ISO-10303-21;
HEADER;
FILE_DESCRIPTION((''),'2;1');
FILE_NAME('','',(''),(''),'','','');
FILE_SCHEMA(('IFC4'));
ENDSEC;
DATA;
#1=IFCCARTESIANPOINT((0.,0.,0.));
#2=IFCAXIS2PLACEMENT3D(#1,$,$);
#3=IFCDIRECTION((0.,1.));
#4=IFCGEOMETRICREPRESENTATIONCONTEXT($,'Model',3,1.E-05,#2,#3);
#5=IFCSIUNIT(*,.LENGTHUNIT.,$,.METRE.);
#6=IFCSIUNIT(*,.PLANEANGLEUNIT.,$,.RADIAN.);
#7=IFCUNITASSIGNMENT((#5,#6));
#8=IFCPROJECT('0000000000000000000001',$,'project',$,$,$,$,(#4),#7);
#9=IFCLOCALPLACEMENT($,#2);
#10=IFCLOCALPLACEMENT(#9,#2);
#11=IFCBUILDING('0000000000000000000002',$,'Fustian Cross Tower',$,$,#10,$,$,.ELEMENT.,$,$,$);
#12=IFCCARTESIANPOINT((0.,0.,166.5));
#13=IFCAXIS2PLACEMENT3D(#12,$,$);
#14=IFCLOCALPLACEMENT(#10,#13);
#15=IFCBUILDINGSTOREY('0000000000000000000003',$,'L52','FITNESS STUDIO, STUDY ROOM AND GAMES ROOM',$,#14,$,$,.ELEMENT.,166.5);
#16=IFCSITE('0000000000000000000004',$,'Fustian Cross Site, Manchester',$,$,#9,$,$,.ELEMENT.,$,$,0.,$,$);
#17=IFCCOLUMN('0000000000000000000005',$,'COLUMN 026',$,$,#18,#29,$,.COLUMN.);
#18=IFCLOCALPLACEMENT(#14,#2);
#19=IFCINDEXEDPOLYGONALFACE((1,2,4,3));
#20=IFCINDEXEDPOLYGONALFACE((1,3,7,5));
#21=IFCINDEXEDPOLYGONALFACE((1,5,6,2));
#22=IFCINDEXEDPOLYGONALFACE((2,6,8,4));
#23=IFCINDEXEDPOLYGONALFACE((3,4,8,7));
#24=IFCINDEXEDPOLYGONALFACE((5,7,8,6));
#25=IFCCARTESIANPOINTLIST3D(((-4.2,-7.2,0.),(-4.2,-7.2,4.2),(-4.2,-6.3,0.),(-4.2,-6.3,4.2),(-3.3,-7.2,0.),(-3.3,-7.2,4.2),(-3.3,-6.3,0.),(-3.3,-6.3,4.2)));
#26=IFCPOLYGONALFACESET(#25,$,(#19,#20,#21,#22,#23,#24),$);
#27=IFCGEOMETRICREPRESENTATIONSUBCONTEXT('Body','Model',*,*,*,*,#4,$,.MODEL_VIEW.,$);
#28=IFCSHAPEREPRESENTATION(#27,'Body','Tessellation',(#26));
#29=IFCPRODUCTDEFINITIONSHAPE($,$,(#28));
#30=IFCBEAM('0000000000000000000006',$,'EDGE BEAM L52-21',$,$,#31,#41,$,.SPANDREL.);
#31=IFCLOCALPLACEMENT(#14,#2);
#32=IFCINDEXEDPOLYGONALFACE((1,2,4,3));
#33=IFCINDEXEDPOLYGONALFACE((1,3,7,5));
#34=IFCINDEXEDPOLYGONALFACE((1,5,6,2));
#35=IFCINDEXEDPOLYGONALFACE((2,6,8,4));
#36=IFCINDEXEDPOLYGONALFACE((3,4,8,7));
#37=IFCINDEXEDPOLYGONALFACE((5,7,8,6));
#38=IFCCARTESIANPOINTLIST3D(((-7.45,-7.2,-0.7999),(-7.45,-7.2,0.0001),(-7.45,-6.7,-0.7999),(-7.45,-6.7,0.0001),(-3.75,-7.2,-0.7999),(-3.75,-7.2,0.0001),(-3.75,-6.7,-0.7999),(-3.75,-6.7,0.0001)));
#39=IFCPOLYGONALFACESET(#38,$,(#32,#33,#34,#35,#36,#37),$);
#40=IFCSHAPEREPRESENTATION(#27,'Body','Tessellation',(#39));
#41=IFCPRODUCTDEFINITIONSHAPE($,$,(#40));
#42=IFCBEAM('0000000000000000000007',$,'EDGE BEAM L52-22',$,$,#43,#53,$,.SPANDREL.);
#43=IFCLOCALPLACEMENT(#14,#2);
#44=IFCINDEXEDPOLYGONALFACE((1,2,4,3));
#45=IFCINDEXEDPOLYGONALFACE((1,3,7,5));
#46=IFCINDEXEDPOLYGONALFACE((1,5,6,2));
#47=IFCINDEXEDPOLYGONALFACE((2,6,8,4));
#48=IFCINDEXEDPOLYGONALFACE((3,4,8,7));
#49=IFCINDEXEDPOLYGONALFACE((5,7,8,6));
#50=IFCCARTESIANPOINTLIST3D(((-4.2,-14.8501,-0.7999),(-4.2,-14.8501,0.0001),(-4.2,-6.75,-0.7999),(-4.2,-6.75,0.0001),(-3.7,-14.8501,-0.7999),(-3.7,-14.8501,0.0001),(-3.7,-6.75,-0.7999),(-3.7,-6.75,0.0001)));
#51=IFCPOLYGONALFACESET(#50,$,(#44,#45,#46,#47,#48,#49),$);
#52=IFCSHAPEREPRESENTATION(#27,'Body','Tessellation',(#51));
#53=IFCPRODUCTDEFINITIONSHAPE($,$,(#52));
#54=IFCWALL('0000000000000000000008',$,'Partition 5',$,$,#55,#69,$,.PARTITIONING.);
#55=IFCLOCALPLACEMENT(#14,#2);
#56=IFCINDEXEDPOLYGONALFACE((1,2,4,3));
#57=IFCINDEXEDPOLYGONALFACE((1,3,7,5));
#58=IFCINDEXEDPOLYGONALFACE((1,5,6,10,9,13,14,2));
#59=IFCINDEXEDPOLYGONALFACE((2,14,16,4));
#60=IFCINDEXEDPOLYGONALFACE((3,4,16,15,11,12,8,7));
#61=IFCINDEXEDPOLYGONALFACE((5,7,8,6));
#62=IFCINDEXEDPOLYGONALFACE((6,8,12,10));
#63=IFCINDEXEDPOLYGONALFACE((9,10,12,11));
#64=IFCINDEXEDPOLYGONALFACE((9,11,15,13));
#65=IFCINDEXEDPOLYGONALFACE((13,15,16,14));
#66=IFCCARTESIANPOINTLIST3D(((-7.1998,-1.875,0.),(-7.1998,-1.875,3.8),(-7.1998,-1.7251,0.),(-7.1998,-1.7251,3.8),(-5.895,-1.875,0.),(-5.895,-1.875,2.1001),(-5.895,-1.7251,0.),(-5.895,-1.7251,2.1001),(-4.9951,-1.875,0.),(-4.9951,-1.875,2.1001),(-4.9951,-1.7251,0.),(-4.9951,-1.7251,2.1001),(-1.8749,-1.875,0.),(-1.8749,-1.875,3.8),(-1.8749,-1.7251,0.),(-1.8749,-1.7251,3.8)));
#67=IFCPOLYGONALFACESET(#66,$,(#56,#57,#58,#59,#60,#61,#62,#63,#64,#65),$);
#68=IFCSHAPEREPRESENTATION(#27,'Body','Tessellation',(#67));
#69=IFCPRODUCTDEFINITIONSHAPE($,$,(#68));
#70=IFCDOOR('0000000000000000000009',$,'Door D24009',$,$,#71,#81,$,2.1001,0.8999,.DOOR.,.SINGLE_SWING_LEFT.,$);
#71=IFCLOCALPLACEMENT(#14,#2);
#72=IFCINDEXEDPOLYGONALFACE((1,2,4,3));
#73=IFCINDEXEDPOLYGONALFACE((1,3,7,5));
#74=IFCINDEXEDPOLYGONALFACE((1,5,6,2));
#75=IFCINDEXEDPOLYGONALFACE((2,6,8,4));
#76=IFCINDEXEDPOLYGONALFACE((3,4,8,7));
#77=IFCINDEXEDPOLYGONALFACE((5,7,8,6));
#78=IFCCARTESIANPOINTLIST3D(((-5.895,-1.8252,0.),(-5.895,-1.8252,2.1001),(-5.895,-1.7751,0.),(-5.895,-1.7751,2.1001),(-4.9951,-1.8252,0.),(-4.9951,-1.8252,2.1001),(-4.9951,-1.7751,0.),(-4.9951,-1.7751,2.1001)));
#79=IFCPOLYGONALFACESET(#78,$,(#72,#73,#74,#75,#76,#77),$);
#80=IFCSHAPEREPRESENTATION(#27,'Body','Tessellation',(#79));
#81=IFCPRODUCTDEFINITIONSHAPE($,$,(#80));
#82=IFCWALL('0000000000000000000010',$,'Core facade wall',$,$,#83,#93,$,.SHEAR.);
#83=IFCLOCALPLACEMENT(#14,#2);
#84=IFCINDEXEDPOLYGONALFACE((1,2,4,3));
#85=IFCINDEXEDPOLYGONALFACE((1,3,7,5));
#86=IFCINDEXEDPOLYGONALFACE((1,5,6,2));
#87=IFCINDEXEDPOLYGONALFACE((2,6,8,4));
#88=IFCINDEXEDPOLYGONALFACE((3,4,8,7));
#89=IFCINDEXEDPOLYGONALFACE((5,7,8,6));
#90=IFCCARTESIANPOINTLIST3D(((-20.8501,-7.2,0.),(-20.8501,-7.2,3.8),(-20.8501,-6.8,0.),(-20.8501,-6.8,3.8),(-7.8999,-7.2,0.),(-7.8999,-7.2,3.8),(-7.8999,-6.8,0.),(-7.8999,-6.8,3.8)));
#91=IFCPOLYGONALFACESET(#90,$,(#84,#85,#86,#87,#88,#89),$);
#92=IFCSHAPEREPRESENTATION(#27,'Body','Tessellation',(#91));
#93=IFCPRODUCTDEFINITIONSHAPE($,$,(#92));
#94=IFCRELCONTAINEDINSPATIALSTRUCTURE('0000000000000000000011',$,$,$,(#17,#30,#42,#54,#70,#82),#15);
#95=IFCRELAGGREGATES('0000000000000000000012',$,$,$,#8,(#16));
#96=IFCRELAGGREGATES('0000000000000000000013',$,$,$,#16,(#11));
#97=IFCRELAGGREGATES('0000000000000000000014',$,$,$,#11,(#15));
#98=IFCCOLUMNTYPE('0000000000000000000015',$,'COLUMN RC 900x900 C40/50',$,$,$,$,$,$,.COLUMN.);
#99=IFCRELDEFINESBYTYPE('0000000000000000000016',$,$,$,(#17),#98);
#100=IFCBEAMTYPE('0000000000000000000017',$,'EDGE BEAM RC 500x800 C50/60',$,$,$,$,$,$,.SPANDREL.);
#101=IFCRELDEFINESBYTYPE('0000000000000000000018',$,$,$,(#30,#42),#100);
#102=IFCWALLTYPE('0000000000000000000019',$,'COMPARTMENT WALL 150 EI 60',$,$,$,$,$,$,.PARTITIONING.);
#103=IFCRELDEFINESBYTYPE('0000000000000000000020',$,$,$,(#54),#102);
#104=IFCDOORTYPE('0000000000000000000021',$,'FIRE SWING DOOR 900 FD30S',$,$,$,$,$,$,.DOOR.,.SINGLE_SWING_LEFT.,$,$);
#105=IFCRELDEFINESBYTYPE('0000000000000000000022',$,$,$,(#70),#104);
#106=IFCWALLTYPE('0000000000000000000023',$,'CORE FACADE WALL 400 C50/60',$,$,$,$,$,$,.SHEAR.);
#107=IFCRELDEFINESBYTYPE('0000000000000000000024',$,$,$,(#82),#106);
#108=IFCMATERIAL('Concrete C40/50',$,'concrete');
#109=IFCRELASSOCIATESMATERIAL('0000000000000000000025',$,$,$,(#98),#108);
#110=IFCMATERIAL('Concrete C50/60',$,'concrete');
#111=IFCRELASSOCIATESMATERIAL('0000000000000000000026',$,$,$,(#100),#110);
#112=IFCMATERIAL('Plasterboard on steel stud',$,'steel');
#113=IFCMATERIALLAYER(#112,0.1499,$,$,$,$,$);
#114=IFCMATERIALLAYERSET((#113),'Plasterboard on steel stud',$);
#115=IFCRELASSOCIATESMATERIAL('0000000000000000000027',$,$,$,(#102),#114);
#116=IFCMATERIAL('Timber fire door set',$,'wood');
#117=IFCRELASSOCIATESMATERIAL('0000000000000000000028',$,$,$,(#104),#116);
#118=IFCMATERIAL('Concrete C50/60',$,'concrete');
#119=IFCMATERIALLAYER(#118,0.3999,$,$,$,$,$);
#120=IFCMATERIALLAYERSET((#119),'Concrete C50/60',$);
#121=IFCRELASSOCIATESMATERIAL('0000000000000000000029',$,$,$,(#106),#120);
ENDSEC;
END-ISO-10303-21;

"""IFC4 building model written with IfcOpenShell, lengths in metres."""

from ifc_helpers import new_model, si_unit, direction, frame, frame_2d, origin, origin_2d, place, context, subcontext, project, spatial, rectangle, extrude, material, layer, layer_set, material_profile, profile_set, type_object, element, fill, save


model = new_model("IFC4")

# Units and contexts
model_context = context("Model", 3, precision=1e-05, world=origin(), true_north=direction((0.0, 1.0)))
body_context = subcontext(model_context, "Body", "Model", "MODEL_VIEW")
ifc_project = project(units=[si_unit("LENGTHUNIT", "METRE"), si_unit("PLANEANGLEUNIT", "RADIAN")], contexts=[model_context])

# Site, building, storey
site_placement = place(None, origin())
site = spatial("IfcSite", under=ifc_project, at=site_placement, Name="Fustian Cross Site, Manchester", CompositionType="ELEMENT", RefElevation=0.0)
building_placement = place(site_placement, origin())
building = spatial("IfcBuilding", under=site, at=building_placement, Name="Fustian Cross Tower", CompositionType="ELEMENT")
storey_placement = place(building_placement, frame((0.0, 0.0, 166.5)))
storey = spatial("IfcBuildingStorey", under=building, at=storey_placement, Name="L52", Description="FITNESS STUDIO, STUDY ROOM AND GAMES ROOM", CompositionType="ELEMENT", Elevation=166.5)

# Column
ifc_material_1 = material(Name="Concrete C40/50", Category="concrete")
ifc_material_profile_1 = material_profile(ifc_material_1, rectangle(XDim=0.8999, YDim=0.8999, at=origin_2d()), Name="RC 900x900")
ifc_profile_set_1 = profile_set([ifc_material_profile_1], Name="Concrete C40/50")
column_type = type_object("IfcColumnType", Name="COLUMN RC 900x900 C40/50", PredefinedType="COLUMN", material=ifc_profile_set_1)
column_placement = place(storey_placement, frame((-3.75, -6.75, 0.0), z_axis=(0.0, 0.0, 1.0), x_axis=(1.0, 0.0, 0.0)))
element("IfcColumn", 1, at=column_placement, inside=storey, type_object=column_type, Name="COLUMN 026", PredefinedType="COLUMN", context=body_context, shape_type="SweptSolid", body=[
    extrude(rectangle(XDim=0.8999, YDim=0.8999, at=origin_2d()), origin(), (0.0, 0.0, 1.0), 4.2),
])

# Beams
ifc_material_2 = material(Name="Concrete C50/60", Category="concrete")
ifc_material_profile_2 = material_profile(ifc_material_2, rectangle(XDim=0.5, YDim=0.8, at=origin_2d()), Name="RC 500x800")
ifc_profile_set_2 = profile_set([ifc_material_profile_2], Name="Concrete C50/60")
beam_type = type_object("IfcBeamType", Name="EDGE BEAM RC 500x800 C50/60", PredefinedType="SPANDREL", material=ifc_profile_set_2)
beam_1_placement = place(storey_placement, frame((-7.45, -6.95, -0.3999), z_axis=(1.0, 0.0, 0.0), x_axis=(0.0, 1.0, 0.0)))
element("IfcBeam", 2, at=beam_1_placement, inside=storey, type_object=beam_type, Name="EDGE BEAM L52-21", PredefinedType="SPANDREL", context=body_context, shape_type="SweptSolid", body=[
    extrude(rectangle(XDim=0.5, YDim=0.8, at=origin_2d()), origin(), (0.0, 0.0, 1.0), 3.7),
])
beam_2_placement = place(storey_placement, frame((-3.95, -6.75, -0.3999), z_axis=(0.0, -1.0, 0.0), x_axis=(1.0, 0.0, 0.0)))
element("IfcBeam", 3, at=beam_2_placement, inside=storey, type_object=beam_type, Name="EDGE BEAM L52-22", PredefinedType="SPANDREL", context=body_context, shape_type="SweptSolid", body=[
    extrude(rectangle(XDim=0.5, YDim=0.8, at=origin_2d()), origin(), (0.0, 0.0, 1.0), 8.1001),
])

# Wall, opening, door
ifc_material_3 = material(Name="Plasterboard on steel stud", Category="steel")
ifc_layer_1 = layer(ifc_material_3, 0.1499)
ifc_layer_set_1 = layer_set([ifc_layer_1], Name="Plasterboard on steel stud")
wall_type_1 = type_object("IfcWallType", Name="COMPARTMENT WALL 150 EI 60", PredefinedType="PARTITIONING", material=ifc_layer_set_1)
wall_1_placement = place(storey_placement, frame((-7.2, -1.8, 0.0), z_axis=(0.0, 0.0, 1.0), x_axis=(1.0, 0.0, 0.0)))
wall_1 = element("IfcWall", 4, at=wall_1_placement, inside=storey, type_object=wall_type_1, Name="Partition 5", PredefinedType="PARTITIONING", context=body_context, shape_type="SweptSolid", body=[
    extrude(rectangle(XDim=5.325, YDim=0.1499, at=frame_2d((2.6626, 0.0))), origin(), (0.0, 0.0, 1.0), 3.8),
])
opening_1_placement = place(wall_1_placement, frame((1.3049, 0.0, 0.0)))
opening_1 = element("IfcOpeningElement", 5, at=opening_1_placement, cuts=wall_1, PredefinedType="OPENING", context=body_context, shape_type="SweptSolid", body=[
    extrude(rectangle(XDim=0.8999, YDim=2.1001, at=frame_2d((0.45, 1.05))), frame((0.0, 0.085, 0.0), z_axis=(0.0, -1.0, 0.0), x_axis=(1.0, 0.0, 0.0)), (0.0, 0.0, 1.0), 0.1699),
])
ifc_material_4 = material(Name="Timber fire door set", Category="wood")
door_type_1 = type_object("IfcDoorType", Name="FIRE SWING DOOR 900 FD30S", OperationType="SINGLE_SWING_LEFT", PredefinedType="DOOR", material=ifc_material_4)
door_1_placement = place(opening_1_placement, origin())
door_1 = element("IfcDoor", 6, at=door_1_placement, inside=storey, type_object=door_type_1, Name="Door D24009", OperationType="SINGLE_SWING_LEFT", OverallHeight=2.1001, OverallWidth=0.8999, PredefinedType="DOOR", context=body_context, shape_type="SweptSolid", body=[
    extrude(rectangle(XDim=0.8999, YDim=2.1001, at=frame_2d((0.45, 1.05))), frame((0.0, 0.0249, 0.0), z_axis=(0.0, -1.0, 0.0), x_axis=(1.0, 0.0, 0.0)), (0.0, 0.0, 1.0), 0.05),
])
fill(opening_1, door_1)

# Wall
ifc_material_5 = material(Name="Concrete C50/60", Category="concrete")
ifc_layer_2 = layer(ifc_material_5, 0.3999)
ifc_layer_set_2 = layer_set([ifc_layer_2], Name="Concrete C50/60")
wall_type_2 = type_object("IfcWallType", Name="CORE FACADE WALL 400 C50/60", PredefinedType="SHEAR", material=ifc_layer_set_2)
wall_2_placement = place(storey_placement, frame((-7.8999, -7.0, 0.0), z_axis=(0.0, 0.0, 1.0), x_axis=(-1.0, 0.0, 0.0)))
element("IfcWall", 7, at=wall_2_placement, inside=storey, type_object=wall_type_2, Name="Core facade wall", PredefinedType="SHEAR", context=body_context, shape_type="SweptSolid", body=[
    extrude(rectangle(XDim=12.9502, YDim=0.3999, at=frame_2d((6.4751, 0.0))), origin(), (0.0, 0.0, 1.0), 3.8),
])

save(model, "model.ifc")
